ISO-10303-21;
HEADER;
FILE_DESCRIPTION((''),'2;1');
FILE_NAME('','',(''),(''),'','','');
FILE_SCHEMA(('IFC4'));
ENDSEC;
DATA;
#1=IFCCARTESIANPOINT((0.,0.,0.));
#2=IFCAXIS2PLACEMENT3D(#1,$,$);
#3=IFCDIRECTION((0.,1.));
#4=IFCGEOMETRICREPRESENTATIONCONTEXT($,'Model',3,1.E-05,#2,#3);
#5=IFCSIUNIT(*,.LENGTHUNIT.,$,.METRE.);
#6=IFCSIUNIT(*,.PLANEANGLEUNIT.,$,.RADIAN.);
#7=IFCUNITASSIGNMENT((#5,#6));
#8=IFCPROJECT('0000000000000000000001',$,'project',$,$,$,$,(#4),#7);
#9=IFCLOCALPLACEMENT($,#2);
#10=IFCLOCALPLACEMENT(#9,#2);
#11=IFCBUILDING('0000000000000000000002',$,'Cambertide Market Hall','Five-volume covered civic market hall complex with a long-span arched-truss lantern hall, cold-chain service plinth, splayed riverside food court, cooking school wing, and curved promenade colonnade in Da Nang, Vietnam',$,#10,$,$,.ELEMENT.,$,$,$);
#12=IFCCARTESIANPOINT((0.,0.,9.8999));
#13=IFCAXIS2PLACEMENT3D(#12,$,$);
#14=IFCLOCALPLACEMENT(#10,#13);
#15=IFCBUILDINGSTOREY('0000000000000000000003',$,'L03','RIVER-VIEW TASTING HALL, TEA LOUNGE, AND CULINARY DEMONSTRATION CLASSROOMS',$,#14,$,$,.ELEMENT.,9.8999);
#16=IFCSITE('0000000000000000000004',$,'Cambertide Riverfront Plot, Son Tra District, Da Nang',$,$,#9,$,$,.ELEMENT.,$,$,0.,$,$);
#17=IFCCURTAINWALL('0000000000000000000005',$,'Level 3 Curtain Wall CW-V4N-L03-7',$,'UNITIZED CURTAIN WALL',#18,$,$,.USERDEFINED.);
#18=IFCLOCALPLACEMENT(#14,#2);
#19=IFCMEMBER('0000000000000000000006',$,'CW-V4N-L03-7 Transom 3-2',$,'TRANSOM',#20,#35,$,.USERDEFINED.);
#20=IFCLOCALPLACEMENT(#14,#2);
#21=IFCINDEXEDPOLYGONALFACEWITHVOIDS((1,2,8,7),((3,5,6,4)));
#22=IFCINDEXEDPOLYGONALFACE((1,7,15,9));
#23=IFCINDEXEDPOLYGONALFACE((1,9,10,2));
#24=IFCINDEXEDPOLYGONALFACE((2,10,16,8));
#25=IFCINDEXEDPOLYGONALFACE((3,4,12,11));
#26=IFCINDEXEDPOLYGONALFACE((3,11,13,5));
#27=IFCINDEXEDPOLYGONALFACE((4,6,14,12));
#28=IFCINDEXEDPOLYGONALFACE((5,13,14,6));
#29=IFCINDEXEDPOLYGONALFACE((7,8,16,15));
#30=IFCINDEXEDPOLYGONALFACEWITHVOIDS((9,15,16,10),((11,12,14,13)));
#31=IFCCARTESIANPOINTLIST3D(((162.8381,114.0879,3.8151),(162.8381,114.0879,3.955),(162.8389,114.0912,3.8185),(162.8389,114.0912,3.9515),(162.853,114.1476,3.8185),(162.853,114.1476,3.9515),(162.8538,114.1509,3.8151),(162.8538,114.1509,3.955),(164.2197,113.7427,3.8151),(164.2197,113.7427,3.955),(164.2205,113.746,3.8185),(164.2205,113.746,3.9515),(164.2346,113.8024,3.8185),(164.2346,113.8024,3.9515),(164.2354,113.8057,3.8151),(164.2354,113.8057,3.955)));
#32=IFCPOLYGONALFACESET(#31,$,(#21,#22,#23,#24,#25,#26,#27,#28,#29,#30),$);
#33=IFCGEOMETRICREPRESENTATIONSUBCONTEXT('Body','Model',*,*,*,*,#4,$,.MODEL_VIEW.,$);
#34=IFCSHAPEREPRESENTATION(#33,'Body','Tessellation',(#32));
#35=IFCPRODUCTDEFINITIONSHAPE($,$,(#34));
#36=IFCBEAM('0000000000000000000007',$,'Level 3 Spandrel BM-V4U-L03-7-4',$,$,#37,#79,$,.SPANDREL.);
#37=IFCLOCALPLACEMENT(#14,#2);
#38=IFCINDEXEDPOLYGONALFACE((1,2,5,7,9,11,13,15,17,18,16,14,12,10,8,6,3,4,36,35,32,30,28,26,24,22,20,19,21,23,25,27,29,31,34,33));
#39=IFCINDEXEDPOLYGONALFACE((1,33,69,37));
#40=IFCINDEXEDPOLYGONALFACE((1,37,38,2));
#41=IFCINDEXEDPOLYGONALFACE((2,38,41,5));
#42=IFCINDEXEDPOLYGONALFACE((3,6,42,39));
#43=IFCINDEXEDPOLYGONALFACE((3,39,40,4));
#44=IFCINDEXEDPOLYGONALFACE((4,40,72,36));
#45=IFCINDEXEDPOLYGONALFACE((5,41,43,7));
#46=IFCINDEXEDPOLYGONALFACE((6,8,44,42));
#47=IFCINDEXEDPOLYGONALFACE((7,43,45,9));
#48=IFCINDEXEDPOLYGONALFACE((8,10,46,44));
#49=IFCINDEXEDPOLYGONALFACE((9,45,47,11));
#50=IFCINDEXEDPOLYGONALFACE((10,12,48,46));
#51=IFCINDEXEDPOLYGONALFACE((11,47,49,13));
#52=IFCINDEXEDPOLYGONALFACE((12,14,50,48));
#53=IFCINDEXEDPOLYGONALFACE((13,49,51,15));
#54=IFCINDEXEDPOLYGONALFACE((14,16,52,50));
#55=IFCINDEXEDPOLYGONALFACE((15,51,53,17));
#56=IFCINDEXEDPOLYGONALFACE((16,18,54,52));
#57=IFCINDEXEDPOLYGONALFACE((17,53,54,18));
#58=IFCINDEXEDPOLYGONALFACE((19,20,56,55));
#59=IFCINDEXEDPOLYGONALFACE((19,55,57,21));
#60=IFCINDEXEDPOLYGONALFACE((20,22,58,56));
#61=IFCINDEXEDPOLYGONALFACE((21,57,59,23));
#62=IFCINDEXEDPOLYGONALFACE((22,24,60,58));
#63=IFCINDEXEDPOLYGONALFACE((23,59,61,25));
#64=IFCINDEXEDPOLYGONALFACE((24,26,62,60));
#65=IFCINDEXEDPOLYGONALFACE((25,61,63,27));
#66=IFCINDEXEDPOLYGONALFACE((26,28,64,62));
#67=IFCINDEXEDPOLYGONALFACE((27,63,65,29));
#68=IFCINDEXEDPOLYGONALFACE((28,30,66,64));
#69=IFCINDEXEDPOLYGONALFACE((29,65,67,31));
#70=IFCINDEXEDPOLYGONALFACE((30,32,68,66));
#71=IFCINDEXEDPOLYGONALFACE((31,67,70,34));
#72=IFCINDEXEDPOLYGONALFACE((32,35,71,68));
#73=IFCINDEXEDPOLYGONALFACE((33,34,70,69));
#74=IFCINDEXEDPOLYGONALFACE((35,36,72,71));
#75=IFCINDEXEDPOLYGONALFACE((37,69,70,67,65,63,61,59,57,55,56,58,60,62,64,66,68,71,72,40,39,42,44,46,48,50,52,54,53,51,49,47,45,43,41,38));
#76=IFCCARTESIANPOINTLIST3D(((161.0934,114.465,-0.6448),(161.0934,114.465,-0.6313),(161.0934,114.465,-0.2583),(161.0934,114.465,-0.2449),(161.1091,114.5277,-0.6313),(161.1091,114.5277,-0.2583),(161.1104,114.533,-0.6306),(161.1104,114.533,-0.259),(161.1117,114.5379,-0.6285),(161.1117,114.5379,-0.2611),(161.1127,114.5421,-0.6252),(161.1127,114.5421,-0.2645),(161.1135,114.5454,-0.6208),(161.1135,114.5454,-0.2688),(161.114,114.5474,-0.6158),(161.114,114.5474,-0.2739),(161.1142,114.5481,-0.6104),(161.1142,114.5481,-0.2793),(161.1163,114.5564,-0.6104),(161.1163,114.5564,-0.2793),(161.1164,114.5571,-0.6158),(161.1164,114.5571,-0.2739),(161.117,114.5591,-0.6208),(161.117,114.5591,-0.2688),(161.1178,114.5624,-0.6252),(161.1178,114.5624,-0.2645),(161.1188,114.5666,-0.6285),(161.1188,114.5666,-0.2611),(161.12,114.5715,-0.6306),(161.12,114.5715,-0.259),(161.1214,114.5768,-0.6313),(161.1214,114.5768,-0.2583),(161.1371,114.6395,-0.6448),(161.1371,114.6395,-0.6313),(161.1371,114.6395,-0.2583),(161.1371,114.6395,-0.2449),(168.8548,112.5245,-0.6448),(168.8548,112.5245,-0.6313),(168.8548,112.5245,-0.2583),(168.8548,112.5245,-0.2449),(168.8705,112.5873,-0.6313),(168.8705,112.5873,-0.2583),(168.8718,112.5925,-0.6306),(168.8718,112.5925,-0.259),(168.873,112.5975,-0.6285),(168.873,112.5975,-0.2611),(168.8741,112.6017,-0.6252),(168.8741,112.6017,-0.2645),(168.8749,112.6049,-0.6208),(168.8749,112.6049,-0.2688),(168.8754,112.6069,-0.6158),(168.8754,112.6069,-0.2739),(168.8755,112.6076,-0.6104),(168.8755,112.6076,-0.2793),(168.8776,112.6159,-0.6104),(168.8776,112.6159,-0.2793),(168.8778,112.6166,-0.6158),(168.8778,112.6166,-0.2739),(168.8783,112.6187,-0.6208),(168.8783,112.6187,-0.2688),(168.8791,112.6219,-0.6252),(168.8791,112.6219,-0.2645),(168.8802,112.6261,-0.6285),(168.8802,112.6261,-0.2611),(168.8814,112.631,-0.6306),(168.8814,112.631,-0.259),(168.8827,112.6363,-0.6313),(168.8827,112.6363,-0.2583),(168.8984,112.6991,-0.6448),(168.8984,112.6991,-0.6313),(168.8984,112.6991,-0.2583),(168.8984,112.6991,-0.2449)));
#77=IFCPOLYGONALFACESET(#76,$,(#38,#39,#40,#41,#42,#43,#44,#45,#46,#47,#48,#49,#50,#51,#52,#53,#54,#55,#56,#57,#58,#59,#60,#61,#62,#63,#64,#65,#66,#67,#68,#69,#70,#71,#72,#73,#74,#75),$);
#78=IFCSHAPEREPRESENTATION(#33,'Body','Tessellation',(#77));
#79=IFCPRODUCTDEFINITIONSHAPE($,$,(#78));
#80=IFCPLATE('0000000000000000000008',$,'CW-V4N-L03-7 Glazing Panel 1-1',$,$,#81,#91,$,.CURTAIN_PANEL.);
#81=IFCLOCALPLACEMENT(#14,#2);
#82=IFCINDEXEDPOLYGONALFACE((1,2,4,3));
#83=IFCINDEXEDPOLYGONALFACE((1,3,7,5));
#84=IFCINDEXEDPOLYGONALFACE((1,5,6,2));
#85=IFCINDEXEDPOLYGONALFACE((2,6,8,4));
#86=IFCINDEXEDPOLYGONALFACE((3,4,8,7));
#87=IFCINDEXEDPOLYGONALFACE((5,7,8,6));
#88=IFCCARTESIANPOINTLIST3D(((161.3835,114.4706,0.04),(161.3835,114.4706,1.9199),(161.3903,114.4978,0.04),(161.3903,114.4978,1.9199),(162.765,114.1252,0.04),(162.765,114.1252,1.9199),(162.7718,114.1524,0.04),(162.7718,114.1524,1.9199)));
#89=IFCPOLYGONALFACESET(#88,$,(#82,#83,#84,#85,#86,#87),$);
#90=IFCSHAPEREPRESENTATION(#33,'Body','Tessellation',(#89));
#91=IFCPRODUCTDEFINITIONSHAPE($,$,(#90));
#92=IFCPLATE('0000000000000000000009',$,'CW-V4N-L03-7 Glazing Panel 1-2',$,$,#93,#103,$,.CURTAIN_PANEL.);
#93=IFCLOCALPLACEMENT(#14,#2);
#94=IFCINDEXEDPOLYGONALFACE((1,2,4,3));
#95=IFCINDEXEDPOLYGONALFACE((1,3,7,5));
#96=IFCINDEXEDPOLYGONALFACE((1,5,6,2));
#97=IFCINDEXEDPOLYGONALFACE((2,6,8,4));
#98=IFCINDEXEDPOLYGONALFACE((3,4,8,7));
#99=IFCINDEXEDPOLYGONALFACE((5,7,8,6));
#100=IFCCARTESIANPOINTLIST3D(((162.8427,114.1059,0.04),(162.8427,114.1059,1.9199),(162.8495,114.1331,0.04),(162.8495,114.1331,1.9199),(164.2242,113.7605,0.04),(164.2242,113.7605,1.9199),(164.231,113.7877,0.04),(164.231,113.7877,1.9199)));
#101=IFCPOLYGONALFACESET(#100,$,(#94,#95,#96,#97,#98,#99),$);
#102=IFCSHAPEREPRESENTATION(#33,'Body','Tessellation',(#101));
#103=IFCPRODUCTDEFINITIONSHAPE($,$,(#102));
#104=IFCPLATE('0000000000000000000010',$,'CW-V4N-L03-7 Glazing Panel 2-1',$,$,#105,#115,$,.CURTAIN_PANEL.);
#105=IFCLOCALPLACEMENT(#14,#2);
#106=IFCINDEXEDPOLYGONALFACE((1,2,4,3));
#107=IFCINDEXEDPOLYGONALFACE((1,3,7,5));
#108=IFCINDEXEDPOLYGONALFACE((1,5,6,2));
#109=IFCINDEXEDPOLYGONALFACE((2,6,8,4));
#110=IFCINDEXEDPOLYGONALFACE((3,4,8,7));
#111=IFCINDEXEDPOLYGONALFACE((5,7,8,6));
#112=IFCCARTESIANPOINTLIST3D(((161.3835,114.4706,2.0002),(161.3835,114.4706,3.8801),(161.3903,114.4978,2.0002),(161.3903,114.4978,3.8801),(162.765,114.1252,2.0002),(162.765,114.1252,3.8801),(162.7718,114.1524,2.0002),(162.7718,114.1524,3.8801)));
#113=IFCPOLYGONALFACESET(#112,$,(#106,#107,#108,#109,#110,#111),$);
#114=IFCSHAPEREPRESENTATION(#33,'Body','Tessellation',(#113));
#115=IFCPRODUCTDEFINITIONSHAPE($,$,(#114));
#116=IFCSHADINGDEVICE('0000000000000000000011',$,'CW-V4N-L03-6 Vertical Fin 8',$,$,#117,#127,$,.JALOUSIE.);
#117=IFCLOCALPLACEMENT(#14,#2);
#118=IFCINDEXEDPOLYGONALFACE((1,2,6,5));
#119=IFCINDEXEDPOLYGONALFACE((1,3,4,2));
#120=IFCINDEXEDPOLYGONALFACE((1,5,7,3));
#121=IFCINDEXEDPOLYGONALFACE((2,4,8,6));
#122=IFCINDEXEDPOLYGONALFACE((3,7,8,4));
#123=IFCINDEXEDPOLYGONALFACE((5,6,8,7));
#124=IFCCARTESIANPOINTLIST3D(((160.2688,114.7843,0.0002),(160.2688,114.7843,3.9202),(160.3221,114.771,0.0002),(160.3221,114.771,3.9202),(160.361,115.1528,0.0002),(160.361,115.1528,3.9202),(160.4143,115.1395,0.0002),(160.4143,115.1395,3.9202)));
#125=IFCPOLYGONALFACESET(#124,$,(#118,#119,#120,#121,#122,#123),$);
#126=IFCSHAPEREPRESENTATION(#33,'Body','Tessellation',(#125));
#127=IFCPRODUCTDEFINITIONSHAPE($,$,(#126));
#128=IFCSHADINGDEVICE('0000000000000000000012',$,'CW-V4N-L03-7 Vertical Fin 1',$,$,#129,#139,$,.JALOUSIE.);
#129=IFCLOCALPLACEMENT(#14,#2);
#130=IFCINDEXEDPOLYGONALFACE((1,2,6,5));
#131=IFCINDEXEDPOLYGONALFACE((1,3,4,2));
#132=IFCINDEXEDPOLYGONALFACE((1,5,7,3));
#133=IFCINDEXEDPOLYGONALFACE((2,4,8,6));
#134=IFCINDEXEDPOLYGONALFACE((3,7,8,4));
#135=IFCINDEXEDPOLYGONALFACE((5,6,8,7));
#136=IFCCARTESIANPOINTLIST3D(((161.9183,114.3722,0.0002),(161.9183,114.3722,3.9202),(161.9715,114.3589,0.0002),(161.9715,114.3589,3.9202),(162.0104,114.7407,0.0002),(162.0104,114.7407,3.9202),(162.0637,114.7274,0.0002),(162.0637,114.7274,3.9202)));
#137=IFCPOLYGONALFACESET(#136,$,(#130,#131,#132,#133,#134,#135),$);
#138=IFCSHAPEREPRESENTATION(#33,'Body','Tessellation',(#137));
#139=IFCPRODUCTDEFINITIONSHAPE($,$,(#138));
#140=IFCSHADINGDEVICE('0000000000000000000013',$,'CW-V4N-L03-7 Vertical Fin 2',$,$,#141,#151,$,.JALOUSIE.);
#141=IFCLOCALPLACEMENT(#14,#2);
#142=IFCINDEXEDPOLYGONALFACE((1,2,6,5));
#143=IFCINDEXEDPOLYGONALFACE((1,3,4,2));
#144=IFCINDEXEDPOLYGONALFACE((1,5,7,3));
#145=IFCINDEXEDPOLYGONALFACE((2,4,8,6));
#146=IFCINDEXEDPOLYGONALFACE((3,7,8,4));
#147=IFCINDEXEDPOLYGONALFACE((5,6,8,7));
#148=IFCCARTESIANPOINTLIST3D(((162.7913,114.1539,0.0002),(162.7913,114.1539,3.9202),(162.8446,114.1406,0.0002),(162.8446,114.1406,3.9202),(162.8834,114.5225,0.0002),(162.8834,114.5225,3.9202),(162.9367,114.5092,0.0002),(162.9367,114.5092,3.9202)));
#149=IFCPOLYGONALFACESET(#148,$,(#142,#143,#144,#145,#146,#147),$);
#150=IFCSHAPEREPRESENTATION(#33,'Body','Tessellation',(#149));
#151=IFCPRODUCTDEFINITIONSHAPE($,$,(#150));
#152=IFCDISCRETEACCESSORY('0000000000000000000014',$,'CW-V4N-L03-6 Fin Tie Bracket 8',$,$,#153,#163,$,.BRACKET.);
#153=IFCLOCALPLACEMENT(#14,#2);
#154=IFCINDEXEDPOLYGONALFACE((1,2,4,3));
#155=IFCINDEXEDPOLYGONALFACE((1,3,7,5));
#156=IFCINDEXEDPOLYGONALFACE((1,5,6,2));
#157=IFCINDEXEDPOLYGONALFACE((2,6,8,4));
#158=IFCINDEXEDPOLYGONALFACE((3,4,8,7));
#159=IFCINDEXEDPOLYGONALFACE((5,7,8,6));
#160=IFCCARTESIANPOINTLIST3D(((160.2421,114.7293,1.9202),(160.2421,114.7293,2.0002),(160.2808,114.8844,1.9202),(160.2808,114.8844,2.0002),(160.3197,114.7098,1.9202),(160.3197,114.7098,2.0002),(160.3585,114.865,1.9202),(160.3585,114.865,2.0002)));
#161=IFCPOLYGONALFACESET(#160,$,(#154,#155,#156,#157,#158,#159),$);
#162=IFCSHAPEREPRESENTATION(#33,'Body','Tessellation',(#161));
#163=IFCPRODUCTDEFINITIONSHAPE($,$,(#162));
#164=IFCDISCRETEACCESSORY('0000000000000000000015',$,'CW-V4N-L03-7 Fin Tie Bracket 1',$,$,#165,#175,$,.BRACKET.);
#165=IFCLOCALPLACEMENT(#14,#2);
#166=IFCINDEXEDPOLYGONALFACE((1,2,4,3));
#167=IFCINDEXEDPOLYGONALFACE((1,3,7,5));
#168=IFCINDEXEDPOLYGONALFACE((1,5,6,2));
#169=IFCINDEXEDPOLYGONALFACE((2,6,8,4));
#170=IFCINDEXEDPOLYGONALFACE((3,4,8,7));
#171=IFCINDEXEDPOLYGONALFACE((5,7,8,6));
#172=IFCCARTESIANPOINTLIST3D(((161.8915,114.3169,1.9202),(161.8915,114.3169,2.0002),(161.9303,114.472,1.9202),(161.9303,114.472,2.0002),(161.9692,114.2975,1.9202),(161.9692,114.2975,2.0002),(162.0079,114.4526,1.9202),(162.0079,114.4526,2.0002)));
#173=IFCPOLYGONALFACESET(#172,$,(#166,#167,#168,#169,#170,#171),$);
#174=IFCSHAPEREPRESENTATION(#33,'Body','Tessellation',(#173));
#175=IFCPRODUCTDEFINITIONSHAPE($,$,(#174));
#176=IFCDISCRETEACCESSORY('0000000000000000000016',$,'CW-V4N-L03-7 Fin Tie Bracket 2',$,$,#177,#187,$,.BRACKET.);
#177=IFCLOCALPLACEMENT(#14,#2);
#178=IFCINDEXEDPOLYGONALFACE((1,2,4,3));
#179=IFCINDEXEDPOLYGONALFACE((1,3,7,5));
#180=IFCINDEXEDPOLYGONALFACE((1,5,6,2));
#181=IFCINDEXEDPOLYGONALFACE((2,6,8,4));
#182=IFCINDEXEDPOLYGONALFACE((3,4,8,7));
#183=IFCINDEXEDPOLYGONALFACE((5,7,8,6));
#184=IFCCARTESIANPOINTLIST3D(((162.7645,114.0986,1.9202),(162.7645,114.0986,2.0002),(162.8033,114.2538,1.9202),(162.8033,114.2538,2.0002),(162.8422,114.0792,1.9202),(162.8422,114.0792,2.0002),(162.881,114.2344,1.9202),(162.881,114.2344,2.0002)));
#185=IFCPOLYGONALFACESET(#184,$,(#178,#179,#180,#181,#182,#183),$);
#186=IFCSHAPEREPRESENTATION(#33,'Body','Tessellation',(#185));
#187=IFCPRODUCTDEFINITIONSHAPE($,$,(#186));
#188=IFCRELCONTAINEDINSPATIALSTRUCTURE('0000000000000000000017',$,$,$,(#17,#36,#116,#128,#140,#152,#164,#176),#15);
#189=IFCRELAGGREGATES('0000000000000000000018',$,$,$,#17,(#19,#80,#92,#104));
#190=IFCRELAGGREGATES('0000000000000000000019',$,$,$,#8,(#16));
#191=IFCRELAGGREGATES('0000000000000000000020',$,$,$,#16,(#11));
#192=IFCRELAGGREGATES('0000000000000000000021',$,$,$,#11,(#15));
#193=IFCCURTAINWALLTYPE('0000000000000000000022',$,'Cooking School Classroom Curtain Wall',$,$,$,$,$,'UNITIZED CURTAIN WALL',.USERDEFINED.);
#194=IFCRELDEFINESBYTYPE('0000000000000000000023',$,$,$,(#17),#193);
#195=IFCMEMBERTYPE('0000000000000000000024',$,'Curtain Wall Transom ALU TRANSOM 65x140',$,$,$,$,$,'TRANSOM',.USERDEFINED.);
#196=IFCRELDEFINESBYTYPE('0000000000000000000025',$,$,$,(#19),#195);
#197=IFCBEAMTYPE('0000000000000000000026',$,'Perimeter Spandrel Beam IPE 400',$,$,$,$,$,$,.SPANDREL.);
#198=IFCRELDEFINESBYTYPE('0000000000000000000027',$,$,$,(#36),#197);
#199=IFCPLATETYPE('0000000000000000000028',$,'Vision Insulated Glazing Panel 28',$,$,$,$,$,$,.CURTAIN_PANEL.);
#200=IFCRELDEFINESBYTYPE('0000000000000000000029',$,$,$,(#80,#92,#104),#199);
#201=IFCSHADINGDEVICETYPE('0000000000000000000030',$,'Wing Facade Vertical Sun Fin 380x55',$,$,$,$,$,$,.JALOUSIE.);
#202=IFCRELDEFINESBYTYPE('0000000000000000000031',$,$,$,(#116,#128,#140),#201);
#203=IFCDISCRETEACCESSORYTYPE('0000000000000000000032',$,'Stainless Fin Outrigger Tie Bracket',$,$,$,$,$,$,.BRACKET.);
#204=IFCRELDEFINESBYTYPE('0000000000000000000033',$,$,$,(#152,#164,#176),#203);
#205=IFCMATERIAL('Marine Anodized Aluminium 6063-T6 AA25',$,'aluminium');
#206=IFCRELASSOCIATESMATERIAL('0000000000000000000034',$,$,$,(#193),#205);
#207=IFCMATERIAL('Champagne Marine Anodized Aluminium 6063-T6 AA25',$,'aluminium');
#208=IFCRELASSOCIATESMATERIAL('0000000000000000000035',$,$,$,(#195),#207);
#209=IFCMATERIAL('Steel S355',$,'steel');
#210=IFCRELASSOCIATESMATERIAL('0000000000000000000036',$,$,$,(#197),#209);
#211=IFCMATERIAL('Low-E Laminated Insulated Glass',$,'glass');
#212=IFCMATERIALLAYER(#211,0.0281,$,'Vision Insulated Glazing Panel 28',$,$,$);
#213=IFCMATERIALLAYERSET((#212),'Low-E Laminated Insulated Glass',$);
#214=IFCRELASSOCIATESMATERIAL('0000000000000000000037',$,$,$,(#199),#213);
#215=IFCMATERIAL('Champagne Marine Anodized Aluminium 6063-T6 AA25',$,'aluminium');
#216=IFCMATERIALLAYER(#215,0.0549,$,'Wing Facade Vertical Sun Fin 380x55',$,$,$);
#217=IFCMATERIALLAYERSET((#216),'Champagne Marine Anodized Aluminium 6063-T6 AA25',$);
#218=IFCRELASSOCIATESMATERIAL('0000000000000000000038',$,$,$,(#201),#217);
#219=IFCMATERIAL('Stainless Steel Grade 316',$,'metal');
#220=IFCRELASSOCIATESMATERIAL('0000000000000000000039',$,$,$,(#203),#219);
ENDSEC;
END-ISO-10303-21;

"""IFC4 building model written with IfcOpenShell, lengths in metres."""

from ifc_helpers import new_model, si_unit, direction, frame, origin, origin_2d, place, context, subcontext, project, spatial, rectangle, hollow_rectangle, i_section, extrude, material, layer, layer_set, material_profile, profile_set, type_object, element, aggregate, save


model = new_model("IFC4")

# Units and contexts
model_context = context("Model", 3, precision=1e-05, world=origin(), true_north=direction((0.0, 1.0)))
body_context = subcontext(model_context, "Body", "Model", "MODEL_VIEW")
ifc_project = project(units=[si_unit("LENGTHUNIT", "METRE"), si_unit("PLANEANGLEUNIT", "RADIAN")], contexts=[model_context])

# Site, building, storey
site_placement = place(None, origin())
site = spatial("IfcSite", under=ifc_project, at=site_placement, Name="Cambertide Riverfront Plot, Son Tra District, Da Nang", CompositionType="ELEMENT", RefElevation=0.0)
building_placement = place(site_placement, origin())
building = spatial("IfcBuilding", under=site, at=building_placement, Name="Cambertide Market Hall", Description="Five-volume covered civic market hall complex with a long-span arched-truss lantern hall, cold-chain service plinth, splayed riverside food court, cooking school wing, and curved promenade colonnade in Da Nang, Vietnam", CompositionType="ELEMENT")
storey_placement = place(building_placement, frame((0.0, 0.0, 9.8999)))
storey = spatial("IfcBuildingStorey", under=building, at=storey_placement, Name="L03", Description="RIVER-VIEW TASTING HALL, TEA LOUNGE, AND CULINARY DEMONSTRATION CLASSROOMS", CompositionType="ELEMENT", Elevation=9.8999)

# Shared definitions
ifc_material_1 = material(Name="Marine Anodized Aluminium 6063-T6 AA25", Category="aluminium")
curtain_wall_type = type_object("IfcCurtainWallType", Name="Cooking School Classroom Curtain Wall", ElementType="UNITIZED CURTAIN WALL", PredefinedType="USERDEFINED", material=ifc_material_1)

# Curtain wall, member
curtain_wall_1_placement = place(storey_placement, origin())
curtain_wall_1 = element("IfcCurtainWall", 1, at=curtain_wall_1_placement, inside=storey, type_object=curtain_wall_type, Name="Level 3 Curtain Wall CW-V4N-L03-7", ObjectType="UNITIZED CURTAIN WALL", PredefinedType="USERDEFINED")
ifc_material_2 = material(Name="Champagne Marine Anodized Aluminium 6063-T6 AA25", Category="aluminium")
ifc_material_profile_1 = material_profile(ifc_material_2, hollow_rectangle(XDim=0.0649, YDim=0.1399, WallThickness=0.0034, at=origin_2d()), Name="ALU TRANSOM 65x140")
ifc_profile_set_1 = profile_set([ifc_material_profile_1], Name="Champagne Marine Anodized Aluminium 6063-T6 AA25")
member_type_1 = type_object("IfcMemberType", Name="Curtain Wall Transom ALU TRANSOM 65x140", ElementType="TRANSOM", PredefinedType="USERDEFINED", material=ifc_profile_set_1)
member_1_placement = place(storey_placement, frame((162.8459, 114.1194, 3.885), z_axis=(0.970173, -0.242415, 0.0), x_axis=(0.242415, 0.970173, 0.0)))
member_1 = element("IfcMember", 2, at=member_1_placement, type_object=member_type_1, Name="CW-V4N-L03-7 Transom 3-2", ObjectType="TRANSOM", PredefinedType="USERDEFINED", context=body_context, shape_type="SweptSolid", body=[
    extrude(hollow_rectangle(XDim=0.0649, YDim=0.1399, WallThickness=0.0034, at=origin_2d()), origin(), (0.0, 0.0, 1.0), 1.4241),
])

# Beam
ifc_material_3 = material(Name="Steel S355", Category="steel")
ifc_material_profile_2 = material_profile(ifc_material_3, i_section(OverallWidth=0.1799, OverallDepth=0.3999, WebThickness=0.0085, FlangeThickness=0.0134, FilletRadius=0.021, at=origin_2d()), Name="IPE 400")
ifc_profile_set_2 = profile_set([ifc_material_profile_2], Name="Steel S355")
beam_type = type_object("IfcBeamType", Name="Perimeter Spandrel Beam IPE 400", PredefinedType="SPANDREL", material=ifc_profile_set_2)
beam_placement = place(storey_placement, frame((161.1152, 114.5522, -0.4448), z_axis=(0.970139, -0.24255, 0.0), x_axis=(0.24255, 0.970139, 0.0)))
element("IfcBeam", 3, at=beam_placement, inside=storey, type_object=beam_type, Name="Level 3 Spandrel BM-V4U-L03-7-4", PredefinedType="SPANDREL", context=body_context, shape_type="SweptSolid", body=[
    extrude(i_section(OverallWidth=0.1799, OverallDepth=0.3999, WebThickness=0.0085, FlangeThickness=0.0134, FilletRadius=0.021, at=origin_2d()), origin(), (0.0, 0.0, 1.0), 8.0002),
])

# Plates
ifc_material_4 = material(Name="Low-E Laminated Insulated Glass", Category="glass")
ifc_layer_1 = layer(ifc_material_4, 0.0281, Name="Vision Insulated Glazing Panel 28")
ifc_layer_set_1 = layer_set([ifc_layer_1], Name="Low-E Laminated Insulated Glass")
plate_type = type_object("IfcPlateType", Name="Vision Insulated Glazing Panel 28", PredefinedType="CURTAIN_PANEL", material=ifc_layer_set_1)
plate_1_placement = place(storey_placement, frame((162.0776, 114.3115, 0.04), z_axis=(0.0, 0.0, 1.0), x_axis=(0.970143, -0.242536, 0.0)))
plate_1 = element("IfcPlate", 4, at=plate_1_placement, type_object=plate_type, Name="CW-V4N-L03-7 Glazing Panel 1-1", PredefinedType="CURTAIN_PANEL", context=body_context, shape_type="SweptSolid", body=[
    extrude(rectangle(XDim=1.4241, YDim=0.0281, at=origin_2d()), origin(), (0.0, 0.0, 1.0), 1.8799),
])
plate_2_placement = place(storey_placement, frame((163.5369, 113.9468, 0.04), z_axis=(0.0, 0.0, 1.0), x_axis=(0.970143, -0.242536, 0.0)))
plate_2 = element("IfcPlate", 5, at=plate_2_placement, type_object=plate_type, Name="CW-V4N-L03-7 Glazing Panel 1-2", PredefinedType="CURTAIN_PANEL", context=body_context, shape_type="SweptSolid", body=[
    extrude(rectangle(XDim=1.4241, YDim=0.0281, at=origin_2d()), origin(), (0.0, 0.0, 1.0), 1.8799),
])
plate_3_placement = place(storey_placement, frame((162.0776, 114.3115, 2.0002), z_axis=(0.0, 0.0, 1.0), x_axis=(0.970143, -0.242536, 0.0)))
plate_3 = element("IfcPlate", 6, at=plate_3_placement, type_object=plate_type, Name="CW-V4N-L03-7 Glazing Panel 2-1", PredefinedType="CURTAIN_PANEL", context=body_context, shape_type="SweptSolid", body=[
    extrude(rectangle(XDim=1.4241, YDim=0.0281, at=origin_2d()), origin(), (0.0, 0.0, 1.0), 1.8799),
])
aggregate(curtain_wall_1, [member_1, plate_1, plate_2, plate_3])

# Shading devices
ifc_material_5 = material(Name="Champagne Marine Anodized Aluminium 6063-T6 AA25", Category="aluminium")
ifc_layer_2 = layer(ifc_material_5, 0.0549, Name="Wing Facade Vertical Sun Fin 380x55")
ifc_layer_set_2 = layer_set([ifc_layer_2], Name="Champagne Marine Anodized Aluminium 6063-T6 AA25")
shading_device_type = type_object("IfcShadingDeviceType", Name="Wing Facade Vertical Sun Fin 380x55", PredefinedType="JALOUSIE", material=ifc_layer_set_2)
for number, where, z_axis, x_axis, name in (
    (7, (160.3416, 114.9619, 0.0002), (0.0, 0.0, 1.0), (0.970143, -0.242536, 0.0), "CW-V4N-L03-6 Vertical Fin 8"),
    (8, (161.991, 114.5498, 0.0002), (0.0, 0.0, 1.0), (0.970143, -0.242536, 0.0), "CW-V4N-L03-7 Vertical Fin 1"),
    (9, (162.864, 114.3315, 0.0002), (0.0, 0.0, 1.0), (0.970143, -0.242536, 0.0), "CW-V4N-L03-7 Vertical Fin 2"),
):
    element("IfcShadingDevice", number, at=place(storey_placement, frame(where, z_axis=z_axis, x_axis=x_axis)), inside=storey, type_object=shading_device_type, Name=name, PredefinedType="JALOUSIE", context=body_context, shape_type="SweptSolid", body=[
        extrude(rectangle(XDim=0.0549, YDim=0.3799, at=origin_2d()), origin(), (0.0, 0.0, 1.0), 3.9199),
    ])

# Discrete accessories
ifc_material_6 = material(Name="Stainless Steel Grade 316", Category="metal")
discrete_accessory_type = type_object("IfcDiscreteAccessoryType", Name="Stainless Fin Outrigger Tie Bracket", PredefinedType="BRACKET", material=ifc_material_6)
for number, where, z_axis, x_axis, name in (
    (10, (160.3003, 114.7971, 1.9202), (0.0, 0.0, 1.0), (0.970143, -0.242536, 0.0), "CW-V4N-L03-6 Fin Tie Bracket 8"),
    (11, (161.9497, 114.3848, 1.9202), (0.0, 0.0, 1.0), (0.970143, -0.242536, 0.0), "CW-V4N-L03-7 Fin Tie Bracket 1"),
    (12, (162.8228, 114.1665, 1.9202), (0.0, 0.0, 1.0), (0.970143, -0.242536, 0.0), "CW-V4N-L03-7 Fin Tie Bracket 2"),
):
    element("IfcDiscreteAccessory", number, at=place(storey_placement, frame(where, z_axis=z_axis, x_axis=x_axis)), inside=storey, type_object=discrete_accessory_type, Name=name, PredefinedType="BRACKET", context=body_context, shape_type="SweptSolid", body=[
        extrude(rectangle(XDim=0.0801, YDim=0.1599, at=origin_2d()), origin(), (0.0, 0.0, 1.0), 0.0801),
    ])

save(model, "model.ifc")
